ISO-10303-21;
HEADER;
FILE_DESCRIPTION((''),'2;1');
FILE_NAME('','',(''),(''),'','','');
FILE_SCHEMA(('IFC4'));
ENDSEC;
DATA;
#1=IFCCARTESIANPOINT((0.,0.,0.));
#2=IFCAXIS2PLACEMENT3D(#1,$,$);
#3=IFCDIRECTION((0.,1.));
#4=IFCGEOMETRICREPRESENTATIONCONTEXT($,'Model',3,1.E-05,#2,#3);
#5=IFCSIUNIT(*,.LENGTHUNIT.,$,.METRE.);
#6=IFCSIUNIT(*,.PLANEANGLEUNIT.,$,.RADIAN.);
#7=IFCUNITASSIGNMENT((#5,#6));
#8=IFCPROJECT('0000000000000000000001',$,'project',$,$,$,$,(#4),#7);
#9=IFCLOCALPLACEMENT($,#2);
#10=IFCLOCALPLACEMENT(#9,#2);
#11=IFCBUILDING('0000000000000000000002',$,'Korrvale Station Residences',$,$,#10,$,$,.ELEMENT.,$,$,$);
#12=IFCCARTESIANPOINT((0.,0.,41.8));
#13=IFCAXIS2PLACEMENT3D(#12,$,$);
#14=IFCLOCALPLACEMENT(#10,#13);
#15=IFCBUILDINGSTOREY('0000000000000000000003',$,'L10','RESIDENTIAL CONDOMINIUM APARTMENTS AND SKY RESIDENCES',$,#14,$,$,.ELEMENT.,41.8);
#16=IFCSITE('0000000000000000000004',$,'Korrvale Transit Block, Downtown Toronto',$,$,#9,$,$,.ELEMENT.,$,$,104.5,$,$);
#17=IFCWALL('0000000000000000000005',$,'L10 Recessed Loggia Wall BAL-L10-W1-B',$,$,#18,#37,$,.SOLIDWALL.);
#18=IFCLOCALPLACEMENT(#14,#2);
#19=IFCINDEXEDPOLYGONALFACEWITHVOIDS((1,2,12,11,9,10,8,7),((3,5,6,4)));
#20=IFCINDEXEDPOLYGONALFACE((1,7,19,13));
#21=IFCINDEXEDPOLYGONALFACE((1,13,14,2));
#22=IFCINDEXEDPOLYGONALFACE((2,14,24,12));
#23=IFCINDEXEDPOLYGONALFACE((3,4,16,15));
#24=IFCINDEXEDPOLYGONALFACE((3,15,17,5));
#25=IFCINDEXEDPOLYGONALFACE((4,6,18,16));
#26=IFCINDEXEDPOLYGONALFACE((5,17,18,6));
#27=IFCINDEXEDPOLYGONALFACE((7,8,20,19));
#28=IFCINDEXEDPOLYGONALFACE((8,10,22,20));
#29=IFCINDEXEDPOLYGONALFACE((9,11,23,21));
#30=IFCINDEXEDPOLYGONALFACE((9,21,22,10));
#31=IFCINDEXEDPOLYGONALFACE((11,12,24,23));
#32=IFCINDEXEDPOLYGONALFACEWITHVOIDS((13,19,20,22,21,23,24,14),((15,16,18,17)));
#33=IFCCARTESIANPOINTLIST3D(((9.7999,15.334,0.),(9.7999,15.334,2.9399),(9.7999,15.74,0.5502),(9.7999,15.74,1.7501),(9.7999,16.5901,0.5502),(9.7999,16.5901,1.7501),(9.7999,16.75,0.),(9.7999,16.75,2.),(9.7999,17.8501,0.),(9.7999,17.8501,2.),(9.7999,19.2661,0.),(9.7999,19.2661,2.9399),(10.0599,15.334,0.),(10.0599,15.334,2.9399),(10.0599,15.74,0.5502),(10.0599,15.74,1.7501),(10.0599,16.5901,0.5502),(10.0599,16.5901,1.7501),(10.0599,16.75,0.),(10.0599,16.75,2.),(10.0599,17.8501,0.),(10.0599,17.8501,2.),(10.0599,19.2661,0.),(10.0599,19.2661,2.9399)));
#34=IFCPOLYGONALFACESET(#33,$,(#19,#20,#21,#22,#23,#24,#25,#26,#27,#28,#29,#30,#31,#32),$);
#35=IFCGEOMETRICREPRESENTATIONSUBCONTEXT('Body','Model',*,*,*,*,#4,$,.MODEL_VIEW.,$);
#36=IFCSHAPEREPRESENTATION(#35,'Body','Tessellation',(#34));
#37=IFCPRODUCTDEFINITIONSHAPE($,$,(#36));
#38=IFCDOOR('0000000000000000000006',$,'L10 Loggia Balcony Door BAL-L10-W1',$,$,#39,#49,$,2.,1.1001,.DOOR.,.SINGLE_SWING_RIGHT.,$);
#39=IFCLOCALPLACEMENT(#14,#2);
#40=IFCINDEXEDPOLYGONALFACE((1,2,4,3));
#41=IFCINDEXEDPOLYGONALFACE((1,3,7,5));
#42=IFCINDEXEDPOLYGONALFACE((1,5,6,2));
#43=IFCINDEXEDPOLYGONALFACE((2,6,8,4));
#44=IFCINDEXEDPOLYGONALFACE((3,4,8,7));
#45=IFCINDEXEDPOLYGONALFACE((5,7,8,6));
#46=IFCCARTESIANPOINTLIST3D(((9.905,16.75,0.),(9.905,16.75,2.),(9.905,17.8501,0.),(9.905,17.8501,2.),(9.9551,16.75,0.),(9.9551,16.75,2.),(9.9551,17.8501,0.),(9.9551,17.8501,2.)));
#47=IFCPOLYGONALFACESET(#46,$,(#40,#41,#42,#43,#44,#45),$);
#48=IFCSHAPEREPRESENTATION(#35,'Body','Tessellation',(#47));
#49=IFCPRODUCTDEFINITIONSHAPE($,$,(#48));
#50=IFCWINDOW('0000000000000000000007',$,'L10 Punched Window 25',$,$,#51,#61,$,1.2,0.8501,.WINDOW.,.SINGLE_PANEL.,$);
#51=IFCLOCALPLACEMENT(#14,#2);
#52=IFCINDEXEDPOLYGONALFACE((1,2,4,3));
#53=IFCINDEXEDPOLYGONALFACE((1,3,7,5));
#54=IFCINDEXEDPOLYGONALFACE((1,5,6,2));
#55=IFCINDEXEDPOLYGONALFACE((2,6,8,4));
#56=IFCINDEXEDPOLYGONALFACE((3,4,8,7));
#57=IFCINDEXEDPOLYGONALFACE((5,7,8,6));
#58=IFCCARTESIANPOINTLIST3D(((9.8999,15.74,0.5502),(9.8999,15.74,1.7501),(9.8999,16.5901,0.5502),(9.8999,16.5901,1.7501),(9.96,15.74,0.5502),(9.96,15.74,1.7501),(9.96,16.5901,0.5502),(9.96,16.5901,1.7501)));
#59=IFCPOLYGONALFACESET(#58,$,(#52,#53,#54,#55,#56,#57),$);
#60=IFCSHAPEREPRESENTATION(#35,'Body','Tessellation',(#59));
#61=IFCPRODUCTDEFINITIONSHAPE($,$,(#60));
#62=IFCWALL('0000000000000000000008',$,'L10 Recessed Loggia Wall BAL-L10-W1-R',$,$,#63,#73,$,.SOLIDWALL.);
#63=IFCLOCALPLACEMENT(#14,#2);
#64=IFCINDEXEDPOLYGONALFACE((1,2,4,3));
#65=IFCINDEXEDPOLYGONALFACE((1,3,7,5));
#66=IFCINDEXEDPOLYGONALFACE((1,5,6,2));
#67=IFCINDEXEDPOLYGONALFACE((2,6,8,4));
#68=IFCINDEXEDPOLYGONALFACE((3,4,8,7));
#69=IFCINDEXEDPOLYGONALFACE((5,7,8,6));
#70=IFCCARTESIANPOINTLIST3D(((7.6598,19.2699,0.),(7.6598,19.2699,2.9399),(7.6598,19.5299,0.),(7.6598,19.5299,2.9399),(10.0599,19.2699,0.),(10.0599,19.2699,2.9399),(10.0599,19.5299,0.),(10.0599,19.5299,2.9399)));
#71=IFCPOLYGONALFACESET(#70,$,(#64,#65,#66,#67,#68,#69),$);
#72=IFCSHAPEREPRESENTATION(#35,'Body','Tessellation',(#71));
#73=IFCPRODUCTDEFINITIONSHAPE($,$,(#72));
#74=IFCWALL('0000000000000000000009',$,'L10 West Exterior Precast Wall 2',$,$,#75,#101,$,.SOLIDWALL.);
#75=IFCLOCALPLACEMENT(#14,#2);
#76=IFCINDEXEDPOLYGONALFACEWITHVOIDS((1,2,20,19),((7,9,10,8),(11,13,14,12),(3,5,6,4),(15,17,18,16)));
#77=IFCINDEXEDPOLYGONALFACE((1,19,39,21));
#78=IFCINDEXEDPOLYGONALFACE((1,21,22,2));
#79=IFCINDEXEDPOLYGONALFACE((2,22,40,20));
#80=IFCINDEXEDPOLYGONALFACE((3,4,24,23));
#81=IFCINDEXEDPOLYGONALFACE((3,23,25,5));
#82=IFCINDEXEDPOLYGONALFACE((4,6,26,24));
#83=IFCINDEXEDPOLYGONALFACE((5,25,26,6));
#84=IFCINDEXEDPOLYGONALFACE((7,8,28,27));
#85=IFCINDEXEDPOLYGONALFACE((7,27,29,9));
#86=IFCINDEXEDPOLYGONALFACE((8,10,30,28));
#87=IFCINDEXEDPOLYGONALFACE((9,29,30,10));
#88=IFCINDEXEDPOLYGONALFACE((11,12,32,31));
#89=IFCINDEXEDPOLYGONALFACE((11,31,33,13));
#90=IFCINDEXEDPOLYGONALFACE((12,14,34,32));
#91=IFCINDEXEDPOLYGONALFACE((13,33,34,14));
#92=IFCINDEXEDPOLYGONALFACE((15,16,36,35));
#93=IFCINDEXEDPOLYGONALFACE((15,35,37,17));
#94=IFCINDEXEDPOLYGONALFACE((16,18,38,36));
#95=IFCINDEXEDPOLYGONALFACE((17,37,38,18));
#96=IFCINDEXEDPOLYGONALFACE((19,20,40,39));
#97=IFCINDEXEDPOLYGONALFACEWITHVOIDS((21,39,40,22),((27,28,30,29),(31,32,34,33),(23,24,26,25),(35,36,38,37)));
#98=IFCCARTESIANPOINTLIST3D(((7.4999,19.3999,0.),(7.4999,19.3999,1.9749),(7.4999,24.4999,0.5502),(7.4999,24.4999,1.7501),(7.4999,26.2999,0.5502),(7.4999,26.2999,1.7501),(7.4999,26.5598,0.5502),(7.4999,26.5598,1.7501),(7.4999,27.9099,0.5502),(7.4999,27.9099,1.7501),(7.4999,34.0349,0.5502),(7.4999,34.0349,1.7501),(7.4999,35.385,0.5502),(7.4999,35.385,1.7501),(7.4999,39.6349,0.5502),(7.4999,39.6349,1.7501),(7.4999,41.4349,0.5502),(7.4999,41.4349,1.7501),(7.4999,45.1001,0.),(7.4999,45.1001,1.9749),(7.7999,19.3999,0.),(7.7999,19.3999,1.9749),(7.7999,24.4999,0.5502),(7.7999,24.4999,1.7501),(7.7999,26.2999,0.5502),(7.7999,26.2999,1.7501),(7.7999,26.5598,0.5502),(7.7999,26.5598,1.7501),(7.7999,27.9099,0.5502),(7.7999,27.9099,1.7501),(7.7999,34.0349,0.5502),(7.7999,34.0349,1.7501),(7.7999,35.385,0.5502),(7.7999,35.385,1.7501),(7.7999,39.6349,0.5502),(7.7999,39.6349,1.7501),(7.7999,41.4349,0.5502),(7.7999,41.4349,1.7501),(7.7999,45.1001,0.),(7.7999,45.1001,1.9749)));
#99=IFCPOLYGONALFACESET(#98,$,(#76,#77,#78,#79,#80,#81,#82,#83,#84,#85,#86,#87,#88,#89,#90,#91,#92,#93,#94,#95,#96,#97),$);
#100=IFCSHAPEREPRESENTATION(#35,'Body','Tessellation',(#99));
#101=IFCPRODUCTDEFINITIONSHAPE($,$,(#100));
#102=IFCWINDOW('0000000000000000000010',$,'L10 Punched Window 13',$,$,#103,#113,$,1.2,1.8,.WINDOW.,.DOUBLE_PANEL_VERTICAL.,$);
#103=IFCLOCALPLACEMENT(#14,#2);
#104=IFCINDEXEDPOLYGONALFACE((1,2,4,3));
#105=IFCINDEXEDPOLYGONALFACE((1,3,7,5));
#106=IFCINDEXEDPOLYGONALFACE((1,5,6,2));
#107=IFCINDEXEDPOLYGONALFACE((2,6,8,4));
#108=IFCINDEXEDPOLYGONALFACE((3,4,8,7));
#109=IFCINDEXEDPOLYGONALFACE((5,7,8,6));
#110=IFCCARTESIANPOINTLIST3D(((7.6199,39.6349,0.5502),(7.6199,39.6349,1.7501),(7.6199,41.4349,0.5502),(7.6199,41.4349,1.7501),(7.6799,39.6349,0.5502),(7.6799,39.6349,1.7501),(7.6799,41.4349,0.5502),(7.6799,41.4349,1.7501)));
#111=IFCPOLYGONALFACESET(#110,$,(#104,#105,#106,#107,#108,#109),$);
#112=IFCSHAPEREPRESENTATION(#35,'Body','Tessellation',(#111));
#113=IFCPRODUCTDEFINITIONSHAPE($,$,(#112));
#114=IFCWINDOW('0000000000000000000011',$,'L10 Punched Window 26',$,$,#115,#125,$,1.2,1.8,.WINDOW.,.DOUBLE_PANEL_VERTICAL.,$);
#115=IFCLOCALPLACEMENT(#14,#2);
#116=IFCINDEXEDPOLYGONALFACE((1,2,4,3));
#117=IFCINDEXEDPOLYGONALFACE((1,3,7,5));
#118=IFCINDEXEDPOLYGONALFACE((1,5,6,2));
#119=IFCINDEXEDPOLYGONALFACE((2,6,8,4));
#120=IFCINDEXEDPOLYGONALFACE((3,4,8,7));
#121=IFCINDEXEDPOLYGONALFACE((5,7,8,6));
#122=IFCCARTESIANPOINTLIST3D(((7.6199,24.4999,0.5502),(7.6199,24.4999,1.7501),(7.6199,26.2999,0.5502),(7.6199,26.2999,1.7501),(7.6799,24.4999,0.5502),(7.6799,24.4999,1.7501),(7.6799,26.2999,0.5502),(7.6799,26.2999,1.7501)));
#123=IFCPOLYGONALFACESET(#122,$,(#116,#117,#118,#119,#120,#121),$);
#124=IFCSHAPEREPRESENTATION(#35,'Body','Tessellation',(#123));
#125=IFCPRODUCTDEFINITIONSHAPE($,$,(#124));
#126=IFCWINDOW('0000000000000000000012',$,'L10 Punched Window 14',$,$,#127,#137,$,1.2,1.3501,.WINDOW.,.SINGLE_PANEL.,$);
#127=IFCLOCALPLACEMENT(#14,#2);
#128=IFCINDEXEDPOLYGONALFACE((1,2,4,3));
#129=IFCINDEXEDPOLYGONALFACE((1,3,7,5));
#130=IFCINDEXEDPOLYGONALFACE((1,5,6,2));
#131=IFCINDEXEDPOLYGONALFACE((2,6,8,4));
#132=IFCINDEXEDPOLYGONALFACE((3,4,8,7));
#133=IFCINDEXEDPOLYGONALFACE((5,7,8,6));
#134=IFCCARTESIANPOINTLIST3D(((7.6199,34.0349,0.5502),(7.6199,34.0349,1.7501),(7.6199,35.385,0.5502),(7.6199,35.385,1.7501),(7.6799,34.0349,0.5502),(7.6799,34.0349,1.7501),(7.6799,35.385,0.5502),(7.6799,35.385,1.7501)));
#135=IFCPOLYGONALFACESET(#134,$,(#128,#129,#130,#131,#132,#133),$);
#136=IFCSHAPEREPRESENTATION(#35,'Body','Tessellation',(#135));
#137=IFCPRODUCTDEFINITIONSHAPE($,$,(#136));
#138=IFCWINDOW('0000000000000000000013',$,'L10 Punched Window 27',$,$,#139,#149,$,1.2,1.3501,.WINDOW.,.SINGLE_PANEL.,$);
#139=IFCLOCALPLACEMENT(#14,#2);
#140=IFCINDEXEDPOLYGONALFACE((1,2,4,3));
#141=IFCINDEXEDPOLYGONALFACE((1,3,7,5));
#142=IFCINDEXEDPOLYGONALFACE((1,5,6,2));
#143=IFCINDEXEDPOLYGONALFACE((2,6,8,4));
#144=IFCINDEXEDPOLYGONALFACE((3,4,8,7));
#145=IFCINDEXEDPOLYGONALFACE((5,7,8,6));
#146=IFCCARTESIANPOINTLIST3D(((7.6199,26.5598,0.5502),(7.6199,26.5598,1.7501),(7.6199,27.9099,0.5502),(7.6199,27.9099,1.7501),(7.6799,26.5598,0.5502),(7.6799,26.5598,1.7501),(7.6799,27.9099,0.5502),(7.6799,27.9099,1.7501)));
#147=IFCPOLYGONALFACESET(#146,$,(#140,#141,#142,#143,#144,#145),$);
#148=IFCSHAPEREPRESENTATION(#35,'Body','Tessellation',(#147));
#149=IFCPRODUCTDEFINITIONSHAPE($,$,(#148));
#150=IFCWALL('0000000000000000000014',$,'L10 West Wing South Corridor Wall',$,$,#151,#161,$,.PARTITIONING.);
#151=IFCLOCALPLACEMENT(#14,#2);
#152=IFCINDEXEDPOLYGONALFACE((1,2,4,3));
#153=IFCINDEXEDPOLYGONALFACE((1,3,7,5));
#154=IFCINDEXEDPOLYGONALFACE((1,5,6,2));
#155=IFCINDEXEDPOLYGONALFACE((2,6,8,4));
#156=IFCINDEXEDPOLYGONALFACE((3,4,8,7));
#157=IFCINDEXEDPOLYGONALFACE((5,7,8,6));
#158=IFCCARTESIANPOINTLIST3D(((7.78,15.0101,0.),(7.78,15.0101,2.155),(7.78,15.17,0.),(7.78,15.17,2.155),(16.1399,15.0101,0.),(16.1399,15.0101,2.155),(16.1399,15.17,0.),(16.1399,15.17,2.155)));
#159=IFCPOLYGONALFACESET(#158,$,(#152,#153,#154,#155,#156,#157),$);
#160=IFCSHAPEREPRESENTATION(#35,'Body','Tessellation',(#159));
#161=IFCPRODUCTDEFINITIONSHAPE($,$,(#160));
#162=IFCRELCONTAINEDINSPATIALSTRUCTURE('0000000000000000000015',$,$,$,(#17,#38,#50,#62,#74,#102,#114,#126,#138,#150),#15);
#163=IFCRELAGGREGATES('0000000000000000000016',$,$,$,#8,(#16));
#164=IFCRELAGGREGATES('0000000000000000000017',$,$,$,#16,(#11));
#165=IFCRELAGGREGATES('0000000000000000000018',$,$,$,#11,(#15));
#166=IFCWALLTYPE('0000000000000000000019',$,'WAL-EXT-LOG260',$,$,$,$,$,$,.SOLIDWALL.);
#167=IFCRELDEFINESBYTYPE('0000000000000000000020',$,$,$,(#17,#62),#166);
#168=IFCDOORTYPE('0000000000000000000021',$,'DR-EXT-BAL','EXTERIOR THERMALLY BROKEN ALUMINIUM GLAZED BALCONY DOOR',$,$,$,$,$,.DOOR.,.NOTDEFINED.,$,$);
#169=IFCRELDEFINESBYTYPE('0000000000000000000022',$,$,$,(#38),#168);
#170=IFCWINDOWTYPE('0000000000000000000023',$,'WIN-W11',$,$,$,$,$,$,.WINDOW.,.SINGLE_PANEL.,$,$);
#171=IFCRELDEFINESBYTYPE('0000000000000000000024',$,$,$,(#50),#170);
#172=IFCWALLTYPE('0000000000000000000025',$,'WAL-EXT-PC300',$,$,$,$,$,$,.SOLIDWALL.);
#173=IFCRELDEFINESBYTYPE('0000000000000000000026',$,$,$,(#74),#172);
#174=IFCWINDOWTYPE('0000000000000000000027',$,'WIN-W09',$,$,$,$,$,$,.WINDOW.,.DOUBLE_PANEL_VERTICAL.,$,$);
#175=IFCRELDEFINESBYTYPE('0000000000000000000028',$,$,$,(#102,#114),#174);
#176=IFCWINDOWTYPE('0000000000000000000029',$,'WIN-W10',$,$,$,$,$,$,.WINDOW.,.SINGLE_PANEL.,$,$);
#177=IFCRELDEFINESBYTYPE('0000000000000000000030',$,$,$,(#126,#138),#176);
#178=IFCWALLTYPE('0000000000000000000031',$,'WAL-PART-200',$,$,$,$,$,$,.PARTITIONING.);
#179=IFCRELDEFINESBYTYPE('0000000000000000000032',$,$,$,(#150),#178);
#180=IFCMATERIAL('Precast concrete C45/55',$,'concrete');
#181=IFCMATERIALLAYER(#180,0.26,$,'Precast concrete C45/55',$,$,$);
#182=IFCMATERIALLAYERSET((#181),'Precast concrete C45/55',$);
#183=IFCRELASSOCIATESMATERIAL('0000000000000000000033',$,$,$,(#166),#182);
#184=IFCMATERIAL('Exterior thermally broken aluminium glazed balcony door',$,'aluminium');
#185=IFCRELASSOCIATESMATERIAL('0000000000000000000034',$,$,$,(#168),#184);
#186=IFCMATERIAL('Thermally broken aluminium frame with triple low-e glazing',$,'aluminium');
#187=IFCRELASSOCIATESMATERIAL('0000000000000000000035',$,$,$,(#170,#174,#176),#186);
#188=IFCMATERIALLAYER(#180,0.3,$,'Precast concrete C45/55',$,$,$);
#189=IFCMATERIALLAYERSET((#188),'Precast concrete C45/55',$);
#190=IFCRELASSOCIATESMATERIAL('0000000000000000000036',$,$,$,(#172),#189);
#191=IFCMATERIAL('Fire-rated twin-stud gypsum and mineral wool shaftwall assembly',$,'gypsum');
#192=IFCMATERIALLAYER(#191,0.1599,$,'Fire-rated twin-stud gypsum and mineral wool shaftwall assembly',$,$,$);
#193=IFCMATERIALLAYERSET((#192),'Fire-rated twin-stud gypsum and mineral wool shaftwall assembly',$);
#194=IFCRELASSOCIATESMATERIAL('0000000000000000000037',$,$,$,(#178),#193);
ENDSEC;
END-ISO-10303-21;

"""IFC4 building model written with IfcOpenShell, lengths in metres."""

from ifc_helpers import new_model, si_unit, direction, frame, frame_2d, origin, place, context, subcontext, project, spatial, rectangle, extrude, material, layer, layer_set, type_object, element, fill, save


model = new_model("IFC4")

# Units and contexts
model_context = context("Model", 3, precision=1e-05, world=origin(), true_north=direction((0.0, 1.0)))
body_context = subcontext(model_context, "Body", "Model", "MODEL_VIEW")
ifc_project = project(units=[si_unit("LENGTHUNIT", "METRE"), si_unit("PLANEANGLEUNIT", "RADIAN")], contexts=[model_context])

# Site, building, storey
site_placement = place(None, origin())
site = spatial("IfcSite", under=ifc_project, at=site_placement, Name="Korrvale Transit Block, Downtown Toronto", CompositionType="ELEMENT", RefElevation=104.5)
building_placement = place(site_placement, origin())
building = spatial("IfcBuilding", under=site, at=building_placement, Name="Korrvale Station Residences", CompositionType="ELEMENT")
storey_placement = place(building_placement, frame((0.0, 0.0, 41.8)))
storey = spatial("IfcBuildingStorey", under=building, at=storey_placement, Name="L10", Description="RESIDENTIAL CONDOMINIUM APARTMENTS AND SKY RESIDENCES", CompositionType="ELEMENT", Elevation=41.8)

# Shared definitions
ifc_material_1 = material(Name="Precast concrete C45/55", Category="concrete")
ifc_layer_1 = layer(ifc_material_1, 0.26, Name="Precast concrete C45/55")
ifc_layer_set_1 = layer_set([ifc_layer_1], Name="Precast concrete C45/55")
wall_type_1 = type_object("IfcWallType", Name="WAL-EXT-LOG260", PredefinedType="SOLIDWALL", material=ifc_layer_set_1)

# Wall, openings, door, window
wall_1_placement = place(storey_placement, frame((9.9299, 15.334, 0.0), z_axis=(0.0, 0.0, 1.0), x_axis=(0.0, 1.0, 0.0)))
wall_1 = element("IfcWall", 1, at=wall_1_placement, inside=storey, type_object=wall_type_1, Name="L10 Recessed Loggia Wall BAL-L10-W1-B", PredefinedType="SOLIDWALL", context=body_context, shape_type="SweptSolid", body=[
    extrude(rectangle(XDim=3.9321, YDim=0.26, at=frame_2d((1.9661, 0.0))), origin(), (0.0, 0.0, 1.0), 2.9399),
])
opening_1_placement = place(wall_1_placement, frame((1.416, 0.0, 0.0)))
opening_1 = element("IfcOpeningElement", 2, at=opening_1_placement, cuts=wall_1, PredefinedType="OPENING", context=body_context, shape_type="SweptSolid", body=[
    extrude(rectangle(XDim=1.1001, YDim=2.0, at=frame_2d((0.55, 1.0))), frame((0.0, 0.1401, 0.0), z_axis=(0.0, -1.0, 0.0), x_axis=(1.0, 0.0, 0.0)), (0.0, 0.0, 1.0), 0.28),
])
opening_2_placement = place(wall_1_placement, frame((0.406, 0.0, 0.55)))
opening_2 = element("IfcOpeningElement", 3, at=opening_2_placement, cuts=wall_1, PredefinedType="OPENING", context=body_context, shape_type="SweptSolid", body=[
    extrude(rectangle(XDim=0.8501, YDim=1.2, at=frame_2d((0.425, 0.6001))), frame((0.0, 0.1401, 0.0), z_axis=(0.0, -1.0, 0.0), x_axis=(1.0, 0.0, 0.0)), (0.0, 0.0, 1.0), 0.28),
])
ifc_material_2 = material(Name="Exterior thermally broken aluminium glazed balcony door", Category="aluminium")
door_type = type_object("IfcDoorType", Name="DR-EXT-BAL", Description="EXTERIOR THERMALLY BROKEN ALUMINIUM GLAZED BALCONY DOOR", OperationType="NOTDEFINED", PredefinedType="DOOR", material=ifc_material_2)
door_placement = place(opening_1_placement, origin())
door = element("IfcDoor", 4, at=door_placement, inside=storey, type_object=door_type, Name="L10 Loggia Balcony Door BAL-L10-W1", OperationType="SINGLE_SWING_RIGHT", OverallHeight=2.0, OverallWidth=1.1001, PredefinedType="DOOR", context=body_context, shape_type="SweptSolid", body=[
    extrude(rectangle(XDim=1.1001, YDim=2.0, at=frame_2d((0.55, 1.0))), frame((0.0, 0.0249, 0.0), z_axis=(0.0, -1.0, 0.0), x_axis=(1.0, 0.0, 0.0)), (0.0, 0.0, 1.0), 0.05),
])
fill(opening_1, door)
ifc_material_3 = material(Name="Thermally broken aluminium frame with triple low-e glazing", Category="aluminium")
window_type_1 = type_object("IfcWindowType", Name="WIN-W11", PartitioningType="SINGLE_PANEL", PredefinedType="WINDOW", material=ifc_material_3)
window_1_placement = place(opening_2_placement, origin())
window_1 = element("IfcWindow", 5, at=window_1_placement, inside=storey, type_object=window_type_1, Name="L10 Punched Window 25", OverallHeight=1.2, OverallWidth=0.8501, PartitioningType="SINGLE_PANEL", PredefinedType="WINDOW", context=body_context, shape_type="SweptSolid", body=[
    extrude(rectangle(XDim=0.8501, YDim=1.2, at=frame_2d((0.425, 0.6001))), frame((0.0, 0.03, 0.0), z_axis=(0.0, -1.0, 0.0), x_axis=(1.0, 0.0, 0.0)), (0.0, 0.0, 1.0), 0.0601),
])
fill(opening_2, window_1)

# Wall
wall_2_placement = place(storey_placement, frame((10.0601, 19.3999, 0.0), z_axis=(0.0, 0.0, 1.0), x_axis=(-1.0, 0.0, 0.0)))
element("IfcWall", 6, at=wall_2_placement, inside=storey, type_object=wall_type_1, Name="L10 Recessed Loggia Wall BAL-L10-W1-R", PredefinedType="SOLIDWALL", context=body_context, shape_type="SweptSolid", body=[
    extrude(rectangle(XDim=2.4001, YDim=0.26, at=frame_2d((1.2002, 0.0))), origin(), (0.0, 0.0, 1.0), 2.9399),
])

# Wall, openings, windows
ifc_layer_2 = layer(ifc_material_1, 0.3, Name="Precast concrete C45/55")
ifc_layer_set_2 = layer_set([ifc_layer_2], Name="Precast concrete C45/55")
wall_type_2 = type_object("IfcWallType", Name="WAL-EXT-PC300", PredefinedType="SOLIDWALL", material=ifc_layer_set_2)
wall_3_placement = place(storey_placement, frame((7.6499, 19.3999, 0.0), z_axis=(0.0, 0.0, 1.0), x_axis=(0.0, 1.0, 0.0)))
wall_3 = element("IfcWall", 7, at=wall_3_placement, inside=storey, type_object=wall_type_2, Name="L10 West Exterior Precast Wall 2", PredefinedType="SOLIDWALL", context=body_context, shape_type="SweptSolid", body=[
    extrude(rectangle(XDim=25.7002, YDim=0.3, at=frame_2d((12.8501, 0.0))), origin(), (0.0, 0.0, 1.0), 1.9749),
])
opening_3_placement = place(wall_3_placement, frame((20.2351, 0.0, 0.55)))
opening_3 = element("IfcOpeningElement", 8, at=opening_3_placement, cuts=wall_3, PredefinedType="OPENING", context=body_context, shape_type="SweptSolid", body=[
    extrude(rectangle(XDim=1.8, YDim=1.2, at=frame_2d((0.8999, 0.6001))), frame((0.0, 0.1602, 0.0), z_axis=(0.0, -1.0, 0.0), x_axis=(1.0, 0.0, 0.0)), (0.0, 0.0, 1.0), 0.3201),
])
opening_4_placement = place(wall_3_placement, frame((14.635, 0.0, 0.55)))
opening_4 = element("IfcOpeningElement", 9, at=opening_4_placement, cuts=wall_3, PredefinedType="OPENING", context=body_context, shape_type="SweptSolid", body=[
    extrude(rectangle(XDim=1.3501, YDim=1.2, at=frame_2d((0.675, 0.6001))), frame((0.0, 0.1602, 0.0), z_axis=(0.0, -1.0, 0.0), x_axis=(1.0, 0.0, 0.0)), (0.0, 0.0, 1.0), 0.3201),
])
opening_5_placement = place(wall_3_placement, frame((5.1001, 0.0, 0.55)))
opening_5 = element("IfcOpeningElement", 10, at=opening_5_placement, cuts=wall_3, PredefinedType="OPENING", context=body_context, shape_type="SweptSolid", body=[
    extrude(rectangle(XDim=1.8, YDim=1.2, at=frame_2d((0.8999, 0.6001))), frame((0.0, 0.1602, 0.0), z_axis=(0.0, -1.0, 0.0), x_axis=(1.0, 0.0, 0.0)), (0.0, 0.0, 1.0), 0.3201),
])
opening_6_placement = place(wall_3_placement, frame((7.1599, 0.0, 0.55)))
opening_6 = element("IfcOpeningElement", 11, at=opening_6_placement, cuts=wall_3, PredefinedType="OPENING", context=body_context, shape_type="SweptSolid", body=[
    extrude(rectangle(XDim=1.3501, YDim=1.2, at=frame_2d((0.675, 0.6001))), frame((0.0, 0.1602, 0.0), z_axis=(0.0, -1.0, 0.0), x_axis=(1.0, 0.0, 0.0)), (0.0, 0.0, 1.0), 0.3201),
])
window_type_2 = type_object("IfcWindowType", Name="WIN-W09", PartitioningType="DOUBLE_PANEL_VERTICAL", PredefinedType="WINDOW", material=ifc_material_3)
window_2_placement = place(opening_3_placement, origin())
window_2 = element("IfcWindow", 12, at=window_2_placement, inside=storey, type_object=window_type_2, Name="L10 Punched Window 13", OverallHeight=1.2, OverallWidth=1.8, PartitioningType="DOUBLE_PANEL_VERTICAL", PredefinedType="WINDOW", context=body_context, shape_type="SweptSolid", body=[
    extrude(rectangle(XDim=1.8, YDim=1.2, at=frame_2d((0.8999, 0.6001))), frame((0.0, 0.03, 0.0), z_axis=(0.0, -1.0, 0.0), x_axis=(1.0, 0.0, 0.0)), (0.0, 0.0, 1.0), 0.0601),
])
fill(opening_3, window_2)
window_3_placement = place(opening_5_placement, origin())
window_3 = element("IfcWindow", 13, at=window_3_placement, inside=storey, type_object=window_type_2, Name="L10 Punched Window 26", OverallHeight=1.2, OverallWidth=1.8, PartitioningType="DOUBLE_PANEL_VERTICAL", PredefinedType="WINDOW", context=body_context, shape_type="SweptSolid", body=[
    extrude(rectangle(XDim=1.8, YDim=1.2, at=frame_2d((0.8999, 0.6001))), frame((0.0, 0.03, 0.0), z_axis=(0.0, -1.0, 0.0), x_axis=(1.0, 0.0, 0.0)), (0.0, 0.0, 1.0), 0.0601),
])
fill(opening_5, window_3)
window_type_3 = type_object("IfcWindowType", Name="WIN-W10", PartitioningType="SINGLE_PANEL", PredefinedType="WINDOW", material=ifc_material_3)
window_4_placement = place(opening_4_placement, origin())
window_4 = element("IfcWindow", 14, at=window_4_placement, inside=storey, type_object=window_type_3, Name="L10 Punched Window 14", OverallHeight=1.2, OverallWidth=1.3501, PartitioningType="SINGLE_PANEL", PredefinedType="WINDOW", context=body_context, shape_type="SweptSolid", body=[
    extrude(rectangle(XDim=1.3501, YDim=1.2, at=frame_2d((0.675, 0.6001))), frame((0.0, 0.03, 0.0), z_axis=(0.0, -1.0, 0.0), x_axis=(1.0, 0.0, 0.0)), (0.0, 0.0, 1.0), 0.0601),
])
fill(opening_4, window_4)
window_5_placement = place(opening_6_placement, origin())
window_5 = element("IfcWindow", 15, at=window_5_placement, inside=storey, type_object=window_type_3, Name="L10 Punched Window 27", OverallHeight=1.2, OverallWidth=1.3501, PartitioningType="SINGLE_PANEL", PredefinedType="WINDOW", context=body_context, shape_type="SweptSolid", body=[
    extrude(rectangle(XDim=1.3501, YDim=1.2, at=frame_2d((0.675, 0.6001))), frame((0.0, 0.03, 0.0), z_axis=(0.0, -1.0, 0.0), x_axis=(1.0, 0.0, 0.0)), (0.0, 0.0, 1.0), 0.0601),
])
fill(opening_6, window_5)

# Wall
ifc_material_4 = material(Name="Fire-rated twin-stud gypsum and mineral wool shaftwall assembly", Category="gypsum")
ifc_layer_3 = layer(ifc_material_4, 0.1599, Name="Fire-rated twin-stud gypsum and mineral wool shaftwall assembly")
ifc_layer_set_3 = layer_set([ifc_layer_3], Name="Fire-rated twin-stud gypsum and mineral wool shaftwall assembly")
wall_type_3 = type_object("IfcWallType", Name="WAL-PART-200", PredefinedType="PARTITIONING", material=ifc_layer_set_3)
wall_4_placement = place(storey_placement, frame((7.78, 15.0901, 0.0), z_axis=(0.0, 0.0, 1.0), x_axis=(1.0, 0.0, 0.0)))
element("IfcWall", 16, at=wall_4_placement, inside=storey, type_object=wall_type_3, Name="L10 West Wing South Corridor Wall", PredefinedType="PARTITIONING", context=body_context, shape_type="SweptSolid", body=[
    extrude(rectangle(XDim=8.3599, YDim=0.1599, at=frame_2d((4.1799, 0.0))), origin(), (0.0, 0.0, 1.0), 2.155),
])

save(model, "model.ifc")
